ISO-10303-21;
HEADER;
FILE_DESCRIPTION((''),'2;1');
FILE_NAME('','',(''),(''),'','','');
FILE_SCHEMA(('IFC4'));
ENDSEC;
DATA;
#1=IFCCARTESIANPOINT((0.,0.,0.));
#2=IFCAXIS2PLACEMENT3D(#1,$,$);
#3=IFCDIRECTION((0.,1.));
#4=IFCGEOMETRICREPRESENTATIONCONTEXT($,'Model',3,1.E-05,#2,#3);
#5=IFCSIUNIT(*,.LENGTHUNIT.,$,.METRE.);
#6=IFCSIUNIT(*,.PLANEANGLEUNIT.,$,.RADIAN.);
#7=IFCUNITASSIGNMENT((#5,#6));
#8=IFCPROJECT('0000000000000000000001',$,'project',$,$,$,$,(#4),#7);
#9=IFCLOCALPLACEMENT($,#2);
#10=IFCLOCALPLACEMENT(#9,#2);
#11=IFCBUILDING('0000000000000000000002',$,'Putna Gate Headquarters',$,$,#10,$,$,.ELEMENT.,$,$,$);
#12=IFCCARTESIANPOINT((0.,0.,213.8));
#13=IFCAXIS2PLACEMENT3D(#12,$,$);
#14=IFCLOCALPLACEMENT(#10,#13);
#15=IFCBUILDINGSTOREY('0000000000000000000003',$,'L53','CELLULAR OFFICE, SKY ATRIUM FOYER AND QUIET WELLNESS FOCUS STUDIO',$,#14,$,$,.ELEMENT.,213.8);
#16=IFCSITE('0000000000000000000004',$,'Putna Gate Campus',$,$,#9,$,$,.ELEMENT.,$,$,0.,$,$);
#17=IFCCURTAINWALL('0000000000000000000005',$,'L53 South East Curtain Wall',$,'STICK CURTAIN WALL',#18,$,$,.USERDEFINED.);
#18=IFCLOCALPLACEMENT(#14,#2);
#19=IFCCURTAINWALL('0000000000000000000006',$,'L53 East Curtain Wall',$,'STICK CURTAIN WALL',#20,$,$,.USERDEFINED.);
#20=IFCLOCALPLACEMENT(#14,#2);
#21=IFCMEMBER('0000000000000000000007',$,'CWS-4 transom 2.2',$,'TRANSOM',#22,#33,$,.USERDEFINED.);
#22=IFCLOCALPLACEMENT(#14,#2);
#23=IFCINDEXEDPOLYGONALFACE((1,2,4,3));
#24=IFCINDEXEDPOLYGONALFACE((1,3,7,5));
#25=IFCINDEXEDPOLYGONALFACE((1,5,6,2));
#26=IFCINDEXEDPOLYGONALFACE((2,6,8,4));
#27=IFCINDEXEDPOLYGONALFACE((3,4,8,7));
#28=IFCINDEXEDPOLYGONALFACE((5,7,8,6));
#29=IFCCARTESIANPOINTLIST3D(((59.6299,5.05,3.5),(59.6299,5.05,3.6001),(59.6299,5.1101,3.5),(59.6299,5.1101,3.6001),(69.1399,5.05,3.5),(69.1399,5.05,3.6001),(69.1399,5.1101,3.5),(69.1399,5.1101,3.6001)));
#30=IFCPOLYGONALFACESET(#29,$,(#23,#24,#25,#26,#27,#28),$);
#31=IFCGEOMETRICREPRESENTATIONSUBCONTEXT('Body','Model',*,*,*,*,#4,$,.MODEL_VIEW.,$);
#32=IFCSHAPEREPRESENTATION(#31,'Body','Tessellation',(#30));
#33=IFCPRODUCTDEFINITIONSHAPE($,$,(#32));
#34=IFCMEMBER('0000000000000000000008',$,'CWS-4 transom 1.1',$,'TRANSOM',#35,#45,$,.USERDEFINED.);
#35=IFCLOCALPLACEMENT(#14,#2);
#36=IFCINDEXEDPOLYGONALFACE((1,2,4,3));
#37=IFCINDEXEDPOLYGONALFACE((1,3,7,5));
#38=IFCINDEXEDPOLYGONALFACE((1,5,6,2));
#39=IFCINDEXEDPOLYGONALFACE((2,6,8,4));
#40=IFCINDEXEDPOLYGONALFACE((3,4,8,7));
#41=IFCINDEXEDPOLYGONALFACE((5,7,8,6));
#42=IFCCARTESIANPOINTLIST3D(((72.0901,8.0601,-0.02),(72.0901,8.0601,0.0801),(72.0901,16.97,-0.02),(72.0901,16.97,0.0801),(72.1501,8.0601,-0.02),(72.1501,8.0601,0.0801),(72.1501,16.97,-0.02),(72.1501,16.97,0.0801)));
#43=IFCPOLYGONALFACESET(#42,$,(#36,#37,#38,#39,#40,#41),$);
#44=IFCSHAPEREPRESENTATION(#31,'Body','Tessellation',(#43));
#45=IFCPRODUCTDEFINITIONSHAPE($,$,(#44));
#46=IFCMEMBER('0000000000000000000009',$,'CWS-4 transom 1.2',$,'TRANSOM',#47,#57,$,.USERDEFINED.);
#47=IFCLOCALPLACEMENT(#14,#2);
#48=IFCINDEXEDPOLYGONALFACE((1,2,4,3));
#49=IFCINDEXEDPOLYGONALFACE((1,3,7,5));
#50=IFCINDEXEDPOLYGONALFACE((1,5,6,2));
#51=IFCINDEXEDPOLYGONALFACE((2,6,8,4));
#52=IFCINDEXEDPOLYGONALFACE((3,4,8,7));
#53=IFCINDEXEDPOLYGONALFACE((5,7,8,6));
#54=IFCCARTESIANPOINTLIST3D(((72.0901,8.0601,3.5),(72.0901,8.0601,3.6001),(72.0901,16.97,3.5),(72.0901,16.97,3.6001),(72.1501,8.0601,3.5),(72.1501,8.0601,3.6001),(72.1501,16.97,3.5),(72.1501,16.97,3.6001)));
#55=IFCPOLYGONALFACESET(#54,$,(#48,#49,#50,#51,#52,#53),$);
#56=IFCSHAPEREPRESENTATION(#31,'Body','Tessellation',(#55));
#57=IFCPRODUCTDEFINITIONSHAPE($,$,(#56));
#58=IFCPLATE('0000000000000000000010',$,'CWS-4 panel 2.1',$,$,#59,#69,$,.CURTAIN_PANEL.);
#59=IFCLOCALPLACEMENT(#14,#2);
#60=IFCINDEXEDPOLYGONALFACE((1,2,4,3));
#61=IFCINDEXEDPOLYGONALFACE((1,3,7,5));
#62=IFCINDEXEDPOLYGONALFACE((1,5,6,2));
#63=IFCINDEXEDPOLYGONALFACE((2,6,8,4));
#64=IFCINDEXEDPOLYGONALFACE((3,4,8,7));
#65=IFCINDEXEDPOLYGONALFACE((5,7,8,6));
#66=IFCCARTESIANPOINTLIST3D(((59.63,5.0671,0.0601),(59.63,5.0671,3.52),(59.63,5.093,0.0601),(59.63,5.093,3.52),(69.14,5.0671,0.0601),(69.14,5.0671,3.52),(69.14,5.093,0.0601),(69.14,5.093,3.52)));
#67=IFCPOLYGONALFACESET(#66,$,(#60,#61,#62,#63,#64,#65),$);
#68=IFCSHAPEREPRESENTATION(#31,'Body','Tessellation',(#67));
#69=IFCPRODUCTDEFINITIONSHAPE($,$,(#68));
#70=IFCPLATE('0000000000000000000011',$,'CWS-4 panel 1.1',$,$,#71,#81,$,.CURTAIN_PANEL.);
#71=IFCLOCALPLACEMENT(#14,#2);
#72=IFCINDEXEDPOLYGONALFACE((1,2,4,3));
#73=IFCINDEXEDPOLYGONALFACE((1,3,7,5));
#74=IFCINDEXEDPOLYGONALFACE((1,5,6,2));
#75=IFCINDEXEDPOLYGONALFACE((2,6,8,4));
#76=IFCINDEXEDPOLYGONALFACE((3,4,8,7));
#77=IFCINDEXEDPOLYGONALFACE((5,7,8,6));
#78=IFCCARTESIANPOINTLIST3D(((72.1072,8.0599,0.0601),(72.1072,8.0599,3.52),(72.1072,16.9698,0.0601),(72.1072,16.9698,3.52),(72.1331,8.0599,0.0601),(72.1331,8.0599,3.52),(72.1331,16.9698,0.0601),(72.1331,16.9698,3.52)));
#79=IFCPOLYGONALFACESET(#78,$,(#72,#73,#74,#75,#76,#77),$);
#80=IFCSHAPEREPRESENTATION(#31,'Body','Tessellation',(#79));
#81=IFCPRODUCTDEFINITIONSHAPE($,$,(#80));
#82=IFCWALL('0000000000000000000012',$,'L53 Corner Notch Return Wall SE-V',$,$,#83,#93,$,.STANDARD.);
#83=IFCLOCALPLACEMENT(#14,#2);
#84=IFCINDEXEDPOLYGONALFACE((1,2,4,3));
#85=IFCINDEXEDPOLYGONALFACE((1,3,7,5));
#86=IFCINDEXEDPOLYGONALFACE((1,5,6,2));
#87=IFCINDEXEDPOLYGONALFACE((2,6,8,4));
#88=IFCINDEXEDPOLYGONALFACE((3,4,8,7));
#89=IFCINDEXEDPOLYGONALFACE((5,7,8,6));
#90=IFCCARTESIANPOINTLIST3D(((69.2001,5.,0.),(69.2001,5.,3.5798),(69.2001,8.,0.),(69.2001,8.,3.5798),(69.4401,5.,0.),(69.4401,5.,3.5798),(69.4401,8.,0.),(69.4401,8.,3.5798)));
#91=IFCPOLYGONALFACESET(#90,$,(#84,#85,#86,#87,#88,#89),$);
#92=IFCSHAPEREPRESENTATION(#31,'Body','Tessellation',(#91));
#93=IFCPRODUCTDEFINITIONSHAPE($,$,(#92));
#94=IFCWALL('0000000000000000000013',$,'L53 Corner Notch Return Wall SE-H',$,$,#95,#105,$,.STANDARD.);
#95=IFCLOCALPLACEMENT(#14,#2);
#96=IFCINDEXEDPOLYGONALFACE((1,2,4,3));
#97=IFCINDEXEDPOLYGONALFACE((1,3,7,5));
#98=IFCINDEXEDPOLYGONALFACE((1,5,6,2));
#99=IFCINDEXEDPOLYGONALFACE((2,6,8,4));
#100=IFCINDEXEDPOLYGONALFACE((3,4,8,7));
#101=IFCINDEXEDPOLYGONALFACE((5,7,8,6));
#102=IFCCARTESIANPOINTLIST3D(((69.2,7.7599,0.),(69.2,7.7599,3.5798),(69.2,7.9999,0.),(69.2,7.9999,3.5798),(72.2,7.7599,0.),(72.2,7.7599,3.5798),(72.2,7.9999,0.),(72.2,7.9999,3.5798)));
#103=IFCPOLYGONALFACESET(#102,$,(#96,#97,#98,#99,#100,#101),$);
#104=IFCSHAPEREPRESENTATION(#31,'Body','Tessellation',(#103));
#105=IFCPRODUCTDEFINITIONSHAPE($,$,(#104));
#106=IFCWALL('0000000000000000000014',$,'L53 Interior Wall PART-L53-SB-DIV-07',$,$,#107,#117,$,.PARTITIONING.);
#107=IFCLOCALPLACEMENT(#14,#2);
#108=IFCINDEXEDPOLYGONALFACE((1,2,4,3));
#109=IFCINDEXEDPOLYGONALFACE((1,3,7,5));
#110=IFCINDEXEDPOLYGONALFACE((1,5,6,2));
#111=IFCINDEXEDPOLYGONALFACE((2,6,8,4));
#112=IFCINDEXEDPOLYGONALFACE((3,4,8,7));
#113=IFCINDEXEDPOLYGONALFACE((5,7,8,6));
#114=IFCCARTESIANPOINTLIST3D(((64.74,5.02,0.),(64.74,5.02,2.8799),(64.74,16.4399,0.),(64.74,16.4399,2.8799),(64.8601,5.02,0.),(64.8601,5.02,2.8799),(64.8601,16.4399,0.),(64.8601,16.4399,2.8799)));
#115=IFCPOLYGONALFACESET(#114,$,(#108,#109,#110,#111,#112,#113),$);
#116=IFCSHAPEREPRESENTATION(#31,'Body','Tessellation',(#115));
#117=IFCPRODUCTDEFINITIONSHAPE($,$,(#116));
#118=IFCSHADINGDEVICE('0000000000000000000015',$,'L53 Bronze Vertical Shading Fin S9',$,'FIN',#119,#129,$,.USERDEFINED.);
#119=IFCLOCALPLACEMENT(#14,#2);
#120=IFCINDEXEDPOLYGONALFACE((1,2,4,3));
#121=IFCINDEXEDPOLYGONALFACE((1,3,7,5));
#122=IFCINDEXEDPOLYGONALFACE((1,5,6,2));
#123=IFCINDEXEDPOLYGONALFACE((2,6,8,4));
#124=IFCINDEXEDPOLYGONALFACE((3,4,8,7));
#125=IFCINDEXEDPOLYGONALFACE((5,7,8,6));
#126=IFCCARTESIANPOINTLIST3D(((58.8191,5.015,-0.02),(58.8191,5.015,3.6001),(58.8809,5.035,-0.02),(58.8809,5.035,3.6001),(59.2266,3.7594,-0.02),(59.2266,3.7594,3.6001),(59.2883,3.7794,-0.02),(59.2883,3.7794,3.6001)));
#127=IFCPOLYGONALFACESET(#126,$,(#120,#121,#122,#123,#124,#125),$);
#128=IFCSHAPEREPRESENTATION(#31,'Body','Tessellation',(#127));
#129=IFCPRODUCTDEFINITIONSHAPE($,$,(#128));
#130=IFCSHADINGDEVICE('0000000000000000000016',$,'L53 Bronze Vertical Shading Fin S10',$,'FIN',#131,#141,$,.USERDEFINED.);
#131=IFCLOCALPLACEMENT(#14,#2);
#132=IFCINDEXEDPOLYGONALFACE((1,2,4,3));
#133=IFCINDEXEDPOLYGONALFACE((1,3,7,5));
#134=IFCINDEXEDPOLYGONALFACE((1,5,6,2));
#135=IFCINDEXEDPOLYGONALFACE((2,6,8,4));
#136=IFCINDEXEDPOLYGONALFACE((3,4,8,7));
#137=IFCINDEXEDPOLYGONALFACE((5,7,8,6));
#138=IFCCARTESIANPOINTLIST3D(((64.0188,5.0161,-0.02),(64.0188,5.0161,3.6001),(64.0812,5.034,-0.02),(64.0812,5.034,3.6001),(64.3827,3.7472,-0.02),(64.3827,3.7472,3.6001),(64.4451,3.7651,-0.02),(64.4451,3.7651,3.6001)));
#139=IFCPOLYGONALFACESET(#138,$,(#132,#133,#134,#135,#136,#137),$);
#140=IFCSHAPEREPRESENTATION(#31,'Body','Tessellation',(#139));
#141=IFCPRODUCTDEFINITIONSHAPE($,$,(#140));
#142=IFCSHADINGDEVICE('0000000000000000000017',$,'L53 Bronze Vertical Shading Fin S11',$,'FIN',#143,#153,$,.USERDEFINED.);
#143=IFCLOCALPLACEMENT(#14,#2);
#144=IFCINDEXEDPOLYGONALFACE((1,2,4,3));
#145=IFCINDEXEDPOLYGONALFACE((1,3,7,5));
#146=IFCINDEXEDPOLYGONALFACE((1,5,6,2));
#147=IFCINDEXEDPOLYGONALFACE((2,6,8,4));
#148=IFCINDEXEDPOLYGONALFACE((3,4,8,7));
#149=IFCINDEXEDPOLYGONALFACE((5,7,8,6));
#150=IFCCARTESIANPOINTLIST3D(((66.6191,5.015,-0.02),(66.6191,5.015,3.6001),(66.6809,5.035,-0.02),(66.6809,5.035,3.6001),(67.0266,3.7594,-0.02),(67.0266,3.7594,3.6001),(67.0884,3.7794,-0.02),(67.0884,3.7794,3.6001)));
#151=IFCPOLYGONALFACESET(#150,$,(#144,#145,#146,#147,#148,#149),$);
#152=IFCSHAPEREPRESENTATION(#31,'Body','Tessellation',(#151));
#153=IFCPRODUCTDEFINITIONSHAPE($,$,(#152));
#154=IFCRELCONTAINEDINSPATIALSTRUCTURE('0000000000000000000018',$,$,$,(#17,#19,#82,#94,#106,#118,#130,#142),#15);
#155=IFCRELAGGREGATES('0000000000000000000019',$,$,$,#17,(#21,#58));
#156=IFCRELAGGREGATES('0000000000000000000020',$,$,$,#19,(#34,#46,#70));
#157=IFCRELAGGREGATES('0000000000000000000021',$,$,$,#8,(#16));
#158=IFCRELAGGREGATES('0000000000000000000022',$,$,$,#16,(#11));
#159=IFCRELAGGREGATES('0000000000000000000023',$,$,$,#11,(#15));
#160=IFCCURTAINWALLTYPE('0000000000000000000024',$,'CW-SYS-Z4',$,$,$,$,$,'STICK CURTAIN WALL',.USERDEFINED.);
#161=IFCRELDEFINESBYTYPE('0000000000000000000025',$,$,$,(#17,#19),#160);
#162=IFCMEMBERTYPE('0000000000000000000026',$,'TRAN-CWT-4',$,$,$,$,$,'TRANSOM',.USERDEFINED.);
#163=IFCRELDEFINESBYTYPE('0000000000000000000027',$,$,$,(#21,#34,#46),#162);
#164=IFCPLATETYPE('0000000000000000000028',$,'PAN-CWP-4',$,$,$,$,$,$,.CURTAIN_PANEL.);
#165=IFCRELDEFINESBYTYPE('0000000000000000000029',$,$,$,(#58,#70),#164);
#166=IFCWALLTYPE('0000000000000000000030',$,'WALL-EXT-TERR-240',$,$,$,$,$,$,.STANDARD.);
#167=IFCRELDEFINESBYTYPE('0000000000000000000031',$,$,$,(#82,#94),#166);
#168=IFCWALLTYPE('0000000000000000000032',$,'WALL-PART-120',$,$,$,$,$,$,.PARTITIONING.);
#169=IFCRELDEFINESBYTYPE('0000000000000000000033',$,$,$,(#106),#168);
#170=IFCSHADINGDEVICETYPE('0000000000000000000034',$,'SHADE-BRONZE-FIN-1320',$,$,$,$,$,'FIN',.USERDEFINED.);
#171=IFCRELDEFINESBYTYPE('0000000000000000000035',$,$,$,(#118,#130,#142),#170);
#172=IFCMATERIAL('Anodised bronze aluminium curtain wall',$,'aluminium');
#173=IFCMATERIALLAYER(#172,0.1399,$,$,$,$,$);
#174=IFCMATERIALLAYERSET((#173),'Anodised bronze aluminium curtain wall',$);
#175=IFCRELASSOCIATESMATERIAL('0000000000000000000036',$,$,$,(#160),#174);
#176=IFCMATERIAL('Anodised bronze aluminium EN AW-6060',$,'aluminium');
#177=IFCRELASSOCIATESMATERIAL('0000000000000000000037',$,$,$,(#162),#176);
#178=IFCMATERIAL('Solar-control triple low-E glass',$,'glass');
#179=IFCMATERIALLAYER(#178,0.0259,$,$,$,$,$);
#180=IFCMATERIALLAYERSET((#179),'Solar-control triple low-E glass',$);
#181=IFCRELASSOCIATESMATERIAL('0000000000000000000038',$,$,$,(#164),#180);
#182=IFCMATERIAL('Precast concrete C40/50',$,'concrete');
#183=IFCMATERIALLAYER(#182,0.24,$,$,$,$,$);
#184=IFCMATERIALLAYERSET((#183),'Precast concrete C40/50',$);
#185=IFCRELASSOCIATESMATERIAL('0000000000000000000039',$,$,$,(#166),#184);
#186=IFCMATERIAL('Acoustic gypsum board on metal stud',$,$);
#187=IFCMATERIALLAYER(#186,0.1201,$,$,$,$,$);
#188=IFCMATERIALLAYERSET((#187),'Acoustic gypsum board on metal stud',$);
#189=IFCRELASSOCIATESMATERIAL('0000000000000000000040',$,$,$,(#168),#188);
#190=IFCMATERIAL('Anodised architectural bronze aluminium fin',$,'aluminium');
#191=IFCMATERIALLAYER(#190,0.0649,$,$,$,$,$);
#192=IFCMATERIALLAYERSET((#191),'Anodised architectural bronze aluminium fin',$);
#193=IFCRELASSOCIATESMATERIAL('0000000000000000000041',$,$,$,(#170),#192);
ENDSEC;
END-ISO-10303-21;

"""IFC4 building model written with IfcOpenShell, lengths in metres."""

from ifc_helpers import new_model, si_unit, direction, frame, frame_2d, origin, origin_2d, place, context, subcontext, project, spatial, rectangle, extrude, material, layer, layer_set, material_profile, profile_set, type_object, element, aggregate, save


model = new_model("IFC4")

# Units and contexts
model_context = context("Model", 3, precision=1e-05, world=origin(), true_north=direction((0.0, 1.0)))
body_context = subcontext(model_context, "Body", "Model", "MODEL_VIEW")
ifc_project = project(units=[si_unit("LENGTHUNIT", "METRE"), si_unit("PLANEANGLEUNIT", "RADIAN")], contexts=[model_context])

# Site, building, storey
site_placement = place(None, origin())
site = spatial("IfcSite", under=ifc_project, at=site_placement, Name="Putna Gate Campus", CompositionType="ELEMENT", RefElevation=0.0)
building_placement = place(site_placement, origin())
building = spatial("IfcBuilding", under=site, at=building_placement, Name="Putna Gate Headquarters", CompositionType="ELEMENT")
storey_placement = place(building_placement, frame((0.0, 0.0, 213.8)))
storey = spatial("IfcBuildingStorey", under=building, at=storey_placement, Name="L53", Description="CELLULAR OFFICE, SKY ATRIUM FOYER AND QUIET WELLNESS FOCUS STUDIO", CompositionType="ELEMENT", Elevation=213.8)

# Curtain wall
ifc_material_1 = material(Name="Anodised bronze aluminium curtain wall", Category="aluminium")
ifc_layer_1 = layer(ifc_material_1, 0.1399)
ifc_layer_set_1 = layer_set([ifc_layer_1], Name="Anodised bronze aluminium curtain wall")
curtain_wall_type = type_object("IfcCurtainWallType", Name="CW-SYS-Z4", ElementType="STICK CURTAIN WALL", PredefinedType="USERDEFINED", material=ifc_layer_set_1)
curtain_wall_1_placement = place(storey_placement, origin())
curtain_wall_1 = element("IfcCurtainWall", 1, at=curtain_wall_1_placement, inside=storey, type_object=curtain_wall_type, Name="L53 South East Curtain Wall", ObjectType="STICK CURTAIN WALL", PredefinedType="USERDEFINED")
ifc_material_2 = material(Name="Anodised bronze aluminium EN AW-6060", Category="aluminium")

# Curtain wall
curtain_wall_2_placement = place(storey_placement, origin())
curtain_wall_2 = element("IfcCurtainWall", 2, at=curtain_wall_2_placement, inside=storey, type_object=curtain_wall_type, Name="L53 East Curtain Wall", ObjectType="STICK CURTAIN WALL", PredefinedType="USERDEFINED")

# Members
ifc_material_profile_1 = material_profile(ifc_material_2, rectangle(XDim=0.0601, YDim=0.1001, at=origin_2d()), Name="Anodised bronze aluminium EN AW-6060")
ifc_profile_set_1 = profile_set([ifc_material_profile_1], Name="Anodised bronze aluminium EN AW-6060")
member_type_1 = type_object("IfcMemberType", Name="TRAN-CWT-4", ElementType="TRANSOM", PredefinedType="USERDEFINED", material=ifc_profile_set_1)
member_1_placement = place(storey_placement, frame((59.6299, 5.0801, 3.55), z_axis=(1.0, 0.0, 0.0), x_axis=(0.0, 1.0, 0.0)))
member_1 = element("IfcMember", 3, at=member_1_placement, type_object=member_type_1, Name="CWS-4 transom 2.2", ObjectType="TRANSOM", PredefinedType="USERDEFINED", context=body_context, shape_type="SweptSolid", body=[
    extrude(rectangle(XDim=0.0601, YDim=0.1001, at=origin_2d()), origin(), (0.0, 0.0, 1.0), 9.51),
])
member_2_placement = place(storey_placement, frame((72.1201, 8.0601, 0.03), z_axis=(0.0, 1.0, 0.0), x_axis=(-1.0, 0.0, 0.0)))
member_2 = element("IfcMember", 4, at=member_2_placement, type_object=member_type_1, Name="CWS-4 transom 1.1", ObjectType="TRANSOM", PredefinedType="USERDEFINED", context=body_context, shape_type="SweptSolid", body=[
    extrude(rectangle(XDim=0.0601, YDim=0.1001, at=origin_2d()), origin(), (0.0, 0.0, 1.0), 8.9099),
])
member_3_placement = place(storey_placement, frame((72.1201, 8.0601, 3.55), z_axis=(0.0, 1.0, 0.0), x_axis=(-1.0, 0.0, 0.0)))
member_3 = element("IfcMember", 5, at=member_3_placement, type_object=member_type_1, Name="CWS-4 transom 1.2", ObjectType="TRANSOM", PredefinedType="USERDEFINED", context=body_context, shape_type="SweptSolid", body=[
    extrude(rectangle(XDim=0.0601, YDim=0.1001, at=origin_2d()), origin(), (0.0, 0.0, 1.0), 8.9099),
])

# Plates
ifc_material_3 = material(Name="Solar-control triple low-E glass", Category="glass")
ifc_layer_2 = layer(ifc_material_3, 0.0259)
ifc_layer_set_2 = layer_set([ifc_layer_2], Name="Solar-control triple low-E glass")
plate_type = type_object("IfcPlateType", Name="PAN-CWP-4", PredefinedType="CURTAIN_PANEL", material=ifc_layer_set_2)
plate_1_placement = place(storey_placement, frame((64.385, 5.0801, 0.0601), z_axis=(0.0, 0.0, 1.0), x_axis=(1.0, 0.0, 0.0)))
plate_1 = element("IfcPlate", 6, at=plate_1_placement, type_object=plate_type, Name="CWS-4 panel 2.1", PredefinedType="CURTAIN_PANEL", context=body_context, shape_type="SweptSolid", body=[
    extrude(rectangle(XDim=9.51, YDim=0.0259, at=origin_2d()), origin(), (0.0, 0.0, 1.0), 3.46),
])
aggregate(curtain_wall_1, [member_1, plate_1])
plate_2_placement = place(storey_placement, frame((72.1201, 12.5149, 0.0601), z_axis=(0.0, 0.0, 1.0), x_axis=(0.0, 1.0, 0.0)))
plate_2 = element("IfcPlate", 7, at=plate_2_placement, type_object=plate_type, Name="CWS-4 panel 1.1", PredefinedType="CURTAIN_PANEL", context=body_context, shape_type="SweptSolid", body=[
    extrude(rectangle(XDim=8.9099, YDim=0.0259, at=origin_2d()), origin(), (0.0, 0.0, 1.0), 3.46),
])
aggregate(curtain_wall_2, [member_2, member_3, plate_2])

# Walls
ifc_material_4 = material(Name="Precast concrete C40/50", Category="concrete")
ifc_layer_3 = layer(ifc_material_4, 0.24)
ifc_layer_set_3 = layer_set([ifc_layer_3], Name="Precast concrete C40/50")
wall_type_1 = type_object("IfcWallType", Name="WALL-EXT-TERR-240", PredefinedType="STANDARD", material=ifc_layer_set_3)
for number, where, z_axis, x_axis, name in (
    (8, (69.3201, 8.0, 0.0), (0.0, 0.0, 1.0), (0.0, -1.0, 0.0), "L53 Corner Notch Return Wall SE-V"),
    (9, (72.2, 7.8799, 0.0), (0.0, 0.0, 1.0), (-1.0, 0.0, 0.0), "L53 Corner Notch Return Wall SE-H"),
):
    element("IfcWall", number, at=place(storey_placement, frame(where, z_axis=z_axis, x_axis=x_axis)), inside=storey, type_object=wall_type_1, Name=name, PredefinedType="STANDARD", context=body_context, shape_type="SweptSolid", body=[
        extrude(rectangle(XDim=3.0, YDim=0.24, at=frame_2d((1.5, 0.0))), origin(), (0.0, 0.0, 1.0), 3.5798),
    ])
ifc_material_5 = material(Name="Acoustic gypsum board on metal stud")
ifc_layer_4 = layer(ifc_material_5, 0.1201)
ifc_layer_set_4 = layer_set([ifc_layer_4], Name="Acoustic gypsum board on metal stud")
wall_type_2 = type_object("IfcWallType", Name="WALL-PART-120", PredefinedType="PARTITIONING", material=ifc_layer_set_4)
wall_placement = place(storey_placement, frame((64.8, 5.02, 0.0), z_axis=(0.0, 0.0, 1.0), x_axis=(0.0, 1.0, 0.0)))
element("IfcWall", 10, at=wall_placement, inside=storey, type_object=wall_type_2, Name="L53 Interior Wall PART-L53-SB-DIV-07", PredefinedType="PARTITIONING", context=body_context, shape_type="SweptSolid", body=[
    extrude(rectangle(XDim=11.4199, YDim=0.1201, at=frame_2d((5.71, 0.0))), origin(), (0.0, 0.0, 1.0), 2.8799),
])

# Shading devices
ifc_material_6 = material(Name="Anodised architectural bronze aluminium fin", Category="aluminium")
ifc_layer_5 = layer(ifc_material_6, 0.0649)
ifc_layer_set_5 = layer_set([ifc_layer_5], Name="Anodised architectural bronze aluminium fin")
shading_device_type = type_object("IfcShadingDeviceType", Name="SHADE-BRONZE-FIN-1320", ElementType="FIN", PredefinedType="USERDEFINED", material=ifc_layer_set_5)
for number, where, z_axis, x_axis, name in (
    (11, (59.0537, 4.3972, -0.02), (0.0, 0.0, 1.0), (0.308685, -0.951164, 0.0), "L53 Bronze Vertical Shading Fin S9"),
    (12, (64.2319, 4.3906, -0.02), (0.0, 0.0, 1.0), (0.275637, -0.961262, 0.0), "L53 Bronze Vertical Shading Fin S10"),
    (13, (66.8538, 4.3972, -0.02), (0.0, 0.0, 1.0), (0.308685, -0.951164, 0.0), "L53 Bronze Vertical Shading Fin S11"),
):
    element("IfcShadingDevice", number, at=place(storey_placement, frame(where, z_axis=z_axis, x_axis=x_axis)), inside=storey, type_object=shading_device_type, Name=name, ObjectType="FIN", PredefinedType="USERDEFINED", context=body_context, shape_type="SweptSolid", body=[
        extrude(rectangle(XDim=1.3201, YDim=0.0649, at=origin_2d()), origin(), (0.0, 0.0, 1.0), 3.6201),
    ])

save(model, "model.ifc")
